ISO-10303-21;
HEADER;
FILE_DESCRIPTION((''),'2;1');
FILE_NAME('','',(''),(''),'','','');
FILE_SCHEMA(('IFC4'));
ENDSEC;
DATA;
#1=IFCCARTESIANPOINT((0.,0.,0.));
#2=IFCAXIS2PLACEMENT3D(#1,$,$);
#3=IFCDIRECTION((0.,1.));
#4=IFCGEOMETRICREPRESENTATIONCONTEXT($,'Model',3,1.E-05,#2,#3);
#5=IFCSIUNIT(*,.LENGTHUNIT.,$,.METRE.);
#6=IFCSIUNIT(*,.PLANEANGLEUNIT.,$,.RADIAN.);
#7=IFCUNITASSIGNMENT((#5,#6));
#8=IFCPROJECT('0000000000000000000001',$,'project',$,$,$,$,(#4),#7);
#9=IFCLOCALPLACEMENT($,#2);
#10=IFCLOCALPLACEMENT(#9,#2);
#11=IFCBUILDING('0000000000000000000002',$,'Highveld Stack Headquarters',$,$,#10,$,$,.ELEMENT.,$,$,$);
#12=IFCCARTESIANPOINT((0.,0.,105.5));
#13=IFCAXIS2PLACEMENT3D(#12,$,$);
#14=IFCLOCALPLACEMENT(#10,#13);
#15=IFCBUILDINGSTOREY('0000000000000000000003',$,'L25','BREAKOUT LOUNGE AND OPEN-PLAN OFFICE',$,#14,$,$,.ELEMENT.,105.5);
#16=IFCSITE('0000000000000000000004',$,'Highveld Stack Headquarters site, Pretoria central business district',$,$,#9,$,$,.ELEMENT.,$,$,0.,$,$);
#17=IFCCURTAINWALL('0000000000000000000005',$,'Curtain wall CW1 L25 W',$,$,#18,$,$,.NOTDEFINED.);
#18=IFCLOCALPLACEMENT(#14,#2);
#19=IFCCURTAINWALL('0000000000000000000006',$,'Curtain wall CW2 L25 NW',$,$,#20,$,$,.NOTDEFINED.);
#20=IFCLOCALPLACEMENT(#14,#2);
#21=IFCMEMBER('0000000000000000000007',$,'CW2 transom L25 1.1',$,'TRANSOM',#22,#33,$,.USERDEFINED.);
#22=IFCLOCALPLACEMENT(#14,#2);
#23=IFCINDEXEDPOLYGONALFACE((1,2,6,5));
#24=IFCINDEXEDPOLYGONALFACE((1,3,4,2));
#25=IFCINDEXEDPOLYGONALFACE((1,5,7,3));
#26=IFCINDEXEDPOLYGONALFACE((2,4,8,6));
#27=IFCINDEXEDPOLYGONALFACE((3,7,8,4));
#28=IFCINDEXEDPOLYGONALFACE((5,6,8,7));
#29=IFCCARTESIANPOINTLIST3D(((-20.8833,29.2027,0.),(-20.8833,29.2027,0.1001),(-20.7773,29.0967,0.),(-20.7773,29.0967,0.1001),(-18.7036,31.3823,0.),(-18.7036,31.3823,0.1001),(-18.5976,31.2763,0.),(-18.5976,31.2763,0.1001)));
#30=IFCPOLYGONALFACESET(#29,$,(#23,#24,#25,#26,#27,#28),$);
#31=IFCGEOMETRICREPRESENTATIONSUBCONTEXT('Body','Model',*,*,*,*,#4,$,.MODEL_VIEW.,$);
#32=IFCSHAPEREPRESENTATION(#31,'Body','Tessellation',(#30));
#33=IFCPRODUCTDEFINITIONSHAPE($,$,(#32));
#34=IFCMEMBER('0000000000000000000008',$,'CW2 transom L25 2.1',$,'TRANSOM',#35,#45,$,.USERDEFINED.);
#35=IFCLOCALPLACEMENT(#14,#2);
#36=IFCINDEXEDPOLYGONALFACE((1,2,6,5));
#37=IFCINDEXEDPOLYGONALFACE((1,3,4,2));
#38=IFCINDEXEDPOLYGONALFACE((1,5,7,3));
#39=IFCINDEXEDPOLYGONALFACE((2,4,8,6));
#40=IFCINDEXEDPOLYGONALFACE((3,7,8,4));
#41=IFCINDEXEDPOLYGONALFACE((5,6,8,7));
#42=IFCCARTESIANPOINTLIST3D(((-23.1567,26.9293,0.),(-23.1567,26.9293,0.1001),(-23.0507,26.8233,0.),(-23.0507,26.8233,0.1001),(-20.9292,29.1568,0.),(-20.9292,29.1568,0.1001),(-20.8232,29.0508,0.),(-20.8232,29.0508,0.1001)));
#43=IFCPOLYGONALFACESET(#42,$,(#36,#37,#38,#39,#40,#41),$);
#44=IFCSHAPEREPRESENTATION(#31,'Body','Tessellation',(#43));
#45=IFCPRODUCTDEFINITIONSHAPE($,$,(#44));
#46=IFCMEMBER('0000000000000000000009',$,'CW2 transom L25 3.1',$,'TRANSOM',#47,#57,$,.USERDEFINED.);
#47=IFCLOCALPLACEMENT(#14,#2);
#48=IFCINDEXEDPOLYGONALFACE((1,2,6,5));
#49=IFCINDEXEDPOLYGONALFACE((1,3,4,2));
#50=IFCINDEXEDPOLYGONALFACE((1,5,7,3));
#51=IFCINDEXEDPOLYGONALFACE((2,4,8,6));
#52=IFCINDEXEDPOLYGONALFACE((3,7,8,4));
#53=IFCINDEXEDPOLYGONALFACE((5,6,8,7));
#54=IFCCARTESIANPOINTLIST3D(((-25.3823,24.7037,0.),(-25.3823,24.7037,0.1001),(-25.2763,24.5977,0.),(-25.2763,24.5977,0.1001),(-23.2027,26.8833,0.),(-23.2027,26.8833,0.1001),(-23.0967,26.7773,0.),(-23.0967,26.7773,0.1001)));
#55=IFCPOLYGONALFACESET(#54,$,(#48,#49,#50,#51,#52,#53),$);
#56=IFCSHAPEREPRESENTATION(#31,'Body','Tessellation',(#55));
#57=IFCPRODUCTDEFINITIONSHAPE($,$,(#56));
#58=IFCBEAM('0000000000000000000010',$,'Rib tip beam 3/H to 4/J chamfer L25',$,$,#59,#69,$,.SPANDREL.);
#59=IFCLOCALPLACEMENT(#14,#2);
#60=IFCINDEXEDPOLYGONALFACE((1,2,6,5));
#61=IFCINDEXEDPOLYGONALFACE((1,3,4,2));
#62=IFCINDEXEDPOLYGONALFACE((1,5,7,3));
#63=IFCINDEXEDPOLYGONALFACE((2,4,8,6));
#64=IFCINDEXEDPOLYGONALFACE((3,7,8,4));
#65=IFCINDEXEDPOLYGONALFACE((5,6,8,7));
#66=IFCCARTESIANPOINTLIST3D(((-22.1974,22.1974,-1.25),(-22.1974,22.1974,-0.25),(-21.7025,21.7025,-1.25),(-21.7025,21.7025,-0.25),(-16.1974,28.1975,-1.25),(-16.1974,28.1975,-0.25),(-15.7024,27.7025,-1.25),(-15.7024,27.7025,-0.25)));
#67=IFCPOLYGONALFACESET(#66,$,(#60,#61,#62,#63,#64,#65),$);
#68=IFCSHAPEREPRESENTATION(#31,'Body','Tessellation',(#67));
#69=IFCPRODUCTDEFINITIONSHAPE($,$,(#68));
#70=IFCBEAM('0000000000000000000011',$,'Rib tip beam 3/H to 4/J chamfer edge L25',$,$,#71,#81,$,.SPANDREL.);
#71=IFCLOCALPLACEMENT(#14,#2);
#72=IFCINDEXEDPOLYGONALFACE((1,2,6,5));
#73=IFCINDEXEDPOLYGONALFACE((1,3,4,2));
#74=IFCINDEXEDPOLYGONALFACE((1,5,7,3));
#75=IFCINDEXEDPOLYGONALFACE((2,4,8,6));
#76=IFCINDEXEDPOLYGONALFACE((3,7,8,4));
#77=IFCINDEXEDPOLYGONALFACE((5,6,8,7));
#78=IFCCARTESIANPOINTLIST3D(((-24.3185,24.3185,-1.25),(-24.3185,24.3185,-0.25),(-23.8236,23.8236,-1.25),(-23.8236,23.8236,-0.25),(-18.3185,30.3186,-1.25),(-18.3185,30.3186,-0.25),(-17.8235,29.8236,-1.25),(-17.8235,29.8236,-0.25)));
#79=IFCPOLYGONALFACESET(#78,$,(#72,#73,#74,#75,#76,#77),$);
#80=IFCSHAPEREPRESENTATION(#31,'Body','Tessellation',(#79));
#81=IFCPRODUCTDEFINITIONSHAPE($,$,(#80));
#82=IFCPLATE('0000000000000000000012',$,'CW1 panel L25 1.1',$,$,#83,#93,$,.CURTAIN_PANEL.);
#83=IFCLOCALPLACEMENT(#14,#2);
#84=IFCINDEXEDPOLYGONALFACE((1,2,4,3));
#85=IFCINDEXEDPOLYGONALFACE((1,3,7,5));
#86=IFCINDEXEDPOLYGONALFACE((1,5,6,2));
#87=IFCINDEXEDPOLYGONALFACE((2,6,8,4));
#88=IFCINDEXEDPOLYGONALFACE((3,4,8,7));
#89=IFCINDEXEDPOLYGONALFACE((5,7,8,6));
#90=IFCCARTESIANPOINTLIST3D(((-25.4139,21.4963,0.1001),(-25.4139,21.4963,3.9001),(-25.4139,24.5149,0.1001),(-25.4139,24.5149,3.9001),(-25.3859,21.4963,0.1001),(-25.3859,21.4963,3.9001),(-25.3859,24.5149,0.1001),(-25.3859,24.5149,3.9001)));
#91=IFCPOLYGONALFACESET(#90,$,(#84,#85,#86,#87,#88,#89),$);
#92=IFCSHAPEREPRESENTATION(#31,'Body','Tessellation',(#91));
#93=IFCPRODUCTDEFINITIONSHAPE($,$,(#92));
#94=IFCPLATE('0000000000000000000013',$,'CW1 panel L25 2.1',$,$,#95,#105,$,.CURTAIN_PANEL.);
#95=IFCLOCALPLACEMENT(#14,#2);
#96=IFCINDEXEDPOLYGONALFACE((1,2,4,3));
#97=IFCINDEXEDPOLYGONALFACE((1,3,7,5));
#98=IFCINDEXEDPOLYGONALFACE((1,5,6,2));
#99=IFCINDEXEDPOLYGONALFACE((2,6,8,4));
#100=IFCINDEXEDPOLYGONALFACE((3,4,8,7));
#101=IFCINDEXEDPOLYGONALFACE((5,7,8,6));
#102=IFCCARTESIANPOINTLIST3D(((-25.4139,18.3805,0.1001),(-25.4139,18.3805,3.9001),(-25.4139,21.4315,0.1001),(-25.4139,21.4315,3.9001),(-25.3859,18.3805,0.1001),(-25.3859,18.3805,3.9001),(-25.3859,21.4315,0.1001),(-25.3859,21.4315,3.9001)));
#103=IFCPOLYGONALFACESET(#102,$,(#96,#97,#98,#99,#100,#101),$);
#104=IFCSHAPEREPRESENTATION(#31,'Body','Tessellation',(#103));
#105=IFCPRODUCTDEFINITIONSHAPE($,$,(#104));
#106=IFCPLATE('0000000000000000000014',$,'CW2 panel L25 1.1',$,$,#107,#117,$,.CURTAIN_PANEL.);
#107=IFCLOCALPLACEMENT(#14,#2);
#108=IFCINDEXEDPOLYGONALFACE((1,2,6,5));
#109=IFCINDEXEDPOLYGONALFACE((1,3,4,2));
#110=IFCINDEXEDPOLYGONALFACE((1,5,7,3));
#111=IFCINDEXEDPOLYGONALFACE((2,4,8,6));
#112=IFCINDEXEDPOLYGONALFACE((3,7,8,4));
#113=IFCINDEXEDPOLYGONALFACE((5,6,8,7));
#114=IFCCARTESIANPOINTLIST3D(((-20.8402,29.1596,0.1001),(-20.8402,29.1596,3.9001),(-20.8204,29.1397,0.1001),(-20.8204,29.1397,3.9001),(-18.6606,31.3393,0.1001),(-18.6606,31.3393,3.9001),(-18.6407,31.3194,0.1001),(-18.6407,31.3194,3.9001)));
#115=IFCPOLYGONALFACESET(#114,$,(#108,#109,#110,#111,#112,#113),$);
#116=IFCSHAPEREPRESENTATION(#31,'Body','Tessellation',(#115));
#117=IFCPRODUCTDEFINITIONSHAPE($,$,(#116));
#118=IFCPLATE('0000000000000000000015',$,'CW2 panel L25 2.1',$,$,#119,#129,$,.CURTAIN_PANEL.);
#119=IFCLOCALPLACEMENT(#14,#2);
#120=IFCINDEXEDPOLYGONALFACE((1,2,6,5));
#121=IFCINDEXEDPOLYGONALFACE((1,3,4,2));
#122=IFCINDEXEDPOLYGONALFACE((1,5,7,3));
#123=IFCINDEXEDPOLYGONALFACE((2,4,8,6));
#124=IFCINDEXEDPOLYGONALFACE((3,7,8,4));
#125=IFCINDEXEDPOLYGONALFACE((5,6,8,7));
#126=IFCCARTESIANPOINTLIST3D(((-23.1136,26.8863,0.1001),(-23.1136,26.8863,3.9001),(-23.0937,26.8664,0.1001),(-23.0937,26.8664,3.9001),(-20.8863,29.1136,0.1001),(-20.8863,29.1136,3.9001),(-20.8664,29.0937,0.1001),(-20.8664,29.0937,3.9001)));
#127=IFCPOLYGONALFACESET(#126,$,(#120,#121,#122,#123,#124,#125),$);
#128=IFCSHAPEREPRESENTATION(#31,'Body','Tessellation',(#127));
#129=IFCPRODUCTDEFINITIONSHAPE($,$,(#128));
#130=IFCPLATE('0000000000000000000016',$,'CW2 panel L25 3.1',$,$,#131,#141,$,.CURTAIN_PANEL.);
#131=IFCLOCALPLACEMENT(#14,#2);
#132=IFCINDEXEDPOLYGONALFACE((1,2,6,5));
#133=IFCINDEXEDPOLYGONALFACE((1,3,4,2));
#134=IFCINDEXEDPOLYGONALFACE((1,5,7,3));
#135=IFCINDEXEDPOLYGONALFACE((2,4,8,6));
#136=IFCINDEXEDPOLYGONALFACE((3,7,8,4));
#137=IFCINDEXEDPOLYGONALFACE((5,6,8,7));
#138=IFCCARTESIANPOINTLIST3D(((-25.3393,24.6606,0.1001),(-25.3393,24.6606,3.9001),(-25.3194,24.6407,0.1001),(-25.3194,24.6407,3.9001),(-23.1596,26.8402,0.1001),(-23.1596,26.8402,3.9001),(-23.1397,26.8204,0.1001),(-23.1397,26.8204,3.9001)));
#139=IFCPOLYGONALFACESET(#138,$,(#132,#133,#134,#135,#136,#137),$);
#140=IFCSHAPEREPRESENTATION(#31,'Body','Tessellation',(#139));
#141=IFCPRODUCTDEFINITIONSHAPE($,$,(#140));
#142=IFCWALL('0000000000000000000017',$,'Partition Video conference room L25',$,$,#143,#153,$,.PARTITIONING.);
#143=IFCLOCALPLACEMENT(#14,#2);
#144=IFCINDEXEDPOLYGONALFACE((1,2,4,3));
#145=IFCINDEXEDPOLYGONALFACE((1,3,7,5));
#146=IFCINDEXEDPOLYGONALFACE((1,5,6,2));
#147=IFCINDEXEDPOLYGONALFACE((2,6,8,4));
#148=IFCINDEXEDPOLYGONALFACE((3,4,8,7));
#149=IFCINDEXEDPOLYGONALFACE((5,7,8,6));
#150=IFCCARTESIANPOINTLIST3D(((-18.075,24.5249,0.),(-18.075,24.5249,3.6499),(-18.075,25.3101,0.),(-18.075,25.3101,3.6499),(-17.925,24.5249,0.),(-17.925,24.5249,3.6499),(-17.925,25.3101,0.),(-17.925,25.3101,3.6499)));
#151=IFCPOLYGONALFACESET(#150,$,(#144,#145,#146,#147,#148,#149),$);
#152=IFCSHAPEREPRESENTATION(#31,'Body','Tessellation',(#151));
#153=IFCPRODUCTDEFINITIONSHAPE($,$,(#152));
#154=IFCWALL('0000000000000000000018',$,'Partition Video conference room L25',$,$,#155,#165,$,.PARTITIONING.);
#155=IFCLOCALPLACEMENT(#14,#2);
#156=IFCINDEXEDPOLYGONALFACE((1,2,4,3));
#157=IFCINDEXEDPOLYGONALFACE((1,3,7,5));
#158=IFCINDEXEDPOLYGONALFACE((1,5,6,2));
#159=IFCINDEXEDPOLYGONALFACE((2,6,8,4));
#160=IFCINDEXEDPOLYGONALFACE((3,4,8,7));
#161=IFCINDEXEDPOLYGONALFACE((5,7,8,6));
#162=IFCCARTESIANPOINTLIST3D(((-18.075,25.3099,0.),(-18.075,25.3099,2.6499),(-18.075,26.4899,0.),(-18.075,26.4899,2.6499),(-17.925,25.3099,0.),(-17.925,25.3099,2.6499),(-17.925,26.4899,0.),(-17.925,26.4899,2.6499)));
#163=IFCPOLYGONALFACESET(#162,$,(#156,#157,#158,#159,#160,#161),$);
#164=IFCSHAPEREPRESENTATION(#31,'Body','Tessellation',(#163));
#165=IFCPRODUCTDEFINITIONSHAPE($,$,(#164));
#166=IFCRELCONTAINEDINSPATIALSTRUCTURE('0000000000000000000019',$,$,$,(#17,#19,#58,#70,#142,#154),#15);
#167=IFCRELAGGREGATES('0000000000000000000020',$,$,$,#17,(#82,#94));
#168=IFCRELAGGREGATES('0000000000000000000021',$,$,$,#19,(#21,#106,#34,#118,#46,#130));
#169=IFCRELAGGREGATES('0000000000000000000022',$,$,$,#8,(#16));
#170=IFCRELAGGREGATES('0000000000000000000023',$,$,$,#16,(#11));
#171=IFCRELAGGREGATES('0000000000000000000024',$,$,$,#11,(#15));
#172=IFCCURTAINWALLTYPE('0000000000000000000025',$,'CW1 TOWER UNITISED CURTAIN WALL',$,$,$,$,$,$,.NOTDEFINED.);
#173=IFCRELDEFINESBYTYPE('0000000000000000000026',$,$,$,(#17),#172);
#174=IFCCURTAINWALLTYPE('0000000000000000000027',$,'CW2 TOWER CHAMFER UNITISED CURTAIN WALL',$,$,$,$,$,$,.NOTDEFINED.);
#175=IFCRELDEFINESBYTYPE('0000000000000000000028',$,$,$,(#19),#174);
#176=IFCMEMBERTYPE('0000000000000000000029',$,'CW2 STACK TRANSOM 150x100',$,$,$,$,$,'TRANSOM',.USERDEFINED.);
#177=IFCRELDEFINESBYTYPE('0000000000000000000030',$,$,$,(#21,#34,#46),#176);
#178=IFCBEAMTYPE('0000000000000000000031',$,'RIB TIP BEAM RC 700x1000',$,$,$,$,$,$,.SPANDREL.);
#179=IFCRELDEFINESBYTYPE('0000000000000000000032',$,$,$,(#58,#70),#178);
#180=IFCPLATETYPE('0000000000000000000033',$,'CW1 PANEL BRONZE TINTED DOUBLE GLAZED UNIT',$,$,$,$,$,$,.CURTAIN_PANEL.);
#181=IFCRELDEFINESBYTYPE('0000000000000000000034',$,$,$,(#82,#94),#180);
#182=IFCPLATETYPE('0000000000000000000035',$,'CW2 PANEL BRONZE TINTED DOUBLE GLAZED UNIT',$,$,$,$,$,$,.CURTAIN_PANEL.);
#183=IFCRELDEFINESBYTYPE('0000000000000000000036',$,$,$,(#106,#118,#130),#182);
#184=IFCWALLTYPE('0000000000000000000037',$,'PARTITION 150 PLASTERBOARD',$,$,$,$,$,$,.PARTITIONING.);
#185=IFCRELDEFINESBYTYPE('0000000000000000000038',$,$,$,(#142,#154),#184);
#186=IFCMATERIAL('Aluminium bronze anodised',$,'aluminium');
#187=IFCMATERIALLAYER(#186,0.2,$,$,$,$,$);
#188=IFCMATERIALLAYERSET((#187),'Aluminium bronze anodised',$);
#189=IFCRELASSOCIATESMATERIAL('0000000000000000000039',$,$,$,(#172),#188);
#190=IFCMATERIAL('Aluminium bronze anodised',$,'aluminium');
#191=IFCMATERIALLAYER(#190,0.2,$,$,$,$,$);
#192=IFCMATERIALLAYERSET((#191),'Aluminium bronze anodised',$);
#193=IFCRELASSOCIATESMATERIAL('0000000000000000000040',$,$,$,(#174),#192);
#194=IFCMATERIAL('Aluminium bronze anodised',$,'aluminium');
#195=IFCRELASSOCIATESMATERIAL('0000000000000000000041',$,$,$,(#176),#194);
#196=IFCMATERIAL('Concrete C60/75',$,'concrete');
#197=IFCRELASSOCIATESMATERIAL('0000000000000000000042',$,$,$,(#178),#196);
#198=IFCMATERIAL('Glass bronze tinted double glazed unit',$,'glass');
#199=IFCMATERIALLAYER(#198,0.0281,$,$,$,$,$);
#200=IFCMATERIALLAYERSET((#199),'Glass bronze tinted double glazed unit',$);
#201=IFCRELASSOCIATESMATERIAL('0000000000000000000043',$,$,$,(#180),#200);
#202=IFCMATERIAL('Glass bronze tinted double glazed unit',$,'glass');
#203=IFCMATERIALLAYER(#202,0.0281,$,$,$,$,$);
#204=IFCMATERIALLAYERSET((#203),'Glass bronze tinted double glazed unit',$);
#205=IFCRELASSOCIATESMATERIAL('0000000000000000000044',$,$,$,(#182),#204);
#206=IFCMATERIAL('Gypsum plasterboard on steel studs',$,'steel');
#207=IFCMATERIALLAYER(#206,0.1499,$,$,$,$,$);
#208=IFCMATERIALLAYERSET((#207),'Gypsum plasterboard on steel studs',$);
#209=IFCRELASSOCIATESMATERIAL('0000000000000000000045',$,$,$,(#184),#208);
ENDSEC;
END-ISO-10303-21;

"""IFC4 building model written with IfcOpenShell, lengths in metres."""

from ifc_helpers import new_model, si_unit, direction, frame, frame_2d, origin, origin_2d, place, context, subcontext, project, spatial, rectangle, extrude, material, layer, layer_set, material_profile, profile_set, type_object, element, aggregate, save


model = new_model("IFC4")

# Units and contexts
model_context = context("Model", 3, precision=1e-05, world=origin(), true_north=direction((0.0, 1.0)))
body_context = subcontext(model_context, "Body", "Model", "MODEL_VIEW")
ifc_project = project(units=[si_unit("LENGTHUNIT", "METRE"), si_unit("PLANEANGLEUNIT", "RADIAN")], contexts=[model_context])

# Site, building, storey
site_placement = place(None, origin())
site = spatial("IfcSite", under=ifc_project, at=site_placement, Name="Highveld Stack Headquarters site, Pretoria central business district", CompositionType="ELEMENT", RefElevation=0.0)
building_placement = place(site_placement, origin())
building = spatial("IfcBuilding", under=site, at=building_placement, Name="Highveld Stack Headquarters", CompositionType="ELEMENT")
storey_placement = place(building_placement, frame((0.0, 0.0, 105.5)))
storey = spatial("IfcBuildingStorey", under=building, at=storey_placement, Name="L25", Description="BREAKOUT LOUNGE AND OPEN-PLAN OFFICE", CompositionType="ELEMENT", Elevation=105.5)

# Shared definitions
ifc_material_1 = material(Name="Aluminium bronze anodised", Category="aluminium")
ifc_layer_1 = layer(ifc_material_1, 0.2)
ifc_layer_set_1 = layer_set([ifc_layer_1], Name="Aluminium bronze anodised")
curtain_wall_type_1 = type_object("IfcCurtainWallType", Name="CW1 TOWER UNITISED CURTAIN WALL", PredefinedType="NOTDEFINED", material=ifc_layer_set_1)

# Curtain wall
curtain_wall_1_placement = place(storey_placement, origin())
curtain_wall_1 = element("IfcCurtainWall", 1, at=curtain_wall_1_placement, inside=storey, type_object=curtain_wall_type_1, Name="Curtain wall CW1 L25 W", PredefinedType="NOTDEFINED")

# Curtain wall, members
ifc_material_2 = material(Name="Aluminium bronze anodised", Category="aluminium")
ifc_layer_2 = layer(ifc_material_2, 0.2)
ifc_layer_set_2 = layer_set([ifc_layer_2], Name="Aluminium bronze anodised")
curtain_wall_type_2 = type_object("IfcCurtainWallType", Name="CW2 TOWER CHAMFER UNITISED CURTAIN WALL", PredefinedType="NOTDEFINED", material=ifc_layer_set_2)
curtain_wall_2_placement = place(storey_placement, origin())
curtain_wall_2 = element("IfcCurtainWall", 2, at=curtain_wall_2_placement, inside=storey, type_object=curtain_wall_type_2, Name="Curtain wall CW2 L25 NW", PredefinedType="NOTDEFINED")
ifc_material_3 = material(Name="Aluminium bronze anodised", Category="aluminium")
ifc_material_profile_1 = material_profile(ifc_material_3, rectangle(XDim=0.1499, YDim=0.1001, at=origin_2d()), Name="CW2 TRANSOM 150x100")
ifc_profile_set_1 = profile_set([ifc_material_profile_1], Name="Aluminium bronze anodised")
member_type_1 = type_object("IfcMemberType", Name="CW2 STACK TRANSOM 150x100", ElementType="TRANSOM", PredefinedType="USERDEFINED", material=ifc_profile_set_1)
member_1_placement = place(storey_placement, frame((-18.6506, 31.3293, 0.05), z_axis=(-0.707107, -0.707107, 0.0), x_axis=(0.707107, -0.707107, 0.0)))
member_1 = element("IfcMember", 3, at=member_1_placement, type_object=member_type_1, Name="CW2 transom L25 1.1", ObjectType="TRANSOM", PredefinedType="USERDEFINED", context=body_context, shape_type="SweptSolid", body=[
    extrude(rectangle(XDim=0.1499, YDim=0.1001, at=origin_2d()), origin(), (0.0, 0.0, 1.0), 3.0825),
])
member_2_placement = place(storey_placement, frame((-20.8762, 29.1038, 0.05), z_axis=(-0.707107, -0.707107, 0.0), x_axis=(0.707107, -0.707107, 0.0)))
member_2 = element("IfcMember", 4, at=member_2_placement, type_object=member_type_1, Name="CW2 transom L25 2.1", ObjectType="TRANSOM", PredefinedType="USERDEFINED", context=body_context, shape_type="SweptSolid", body=[
    extrude(rectangle(XDim=0.1499, YDim=0.1001, at=origin_2d()), origin(), (0.0, 0.0, 1.0), 3.1501),
])
member_3_placement = place(storey_placement, frame((-23.1497, 26.8303, 0.05), z_axis=(-0.707107, -0.707107, 0.0), x_axis=(0.707107, -0.707107, 0.0)))
member_3 = element("IfcMember", 5, at=member_3_placement, type_object=member_type_1, Name="CW2 transom L25 3.1", ObjectType="TRANSOM", PredefinedType="USERDEFINED", context=body_context, shape_type="SweptSolid", body=[
    extrude(rectangle(XDim=0.1499, YDim=0.1001, at=origin_2d()), origin(), (0.0, 0.0, 1.0), 3.0825),
])

# Beams
ifc_material_4 = material(Name="Concrete C60/75", Category="concrete")
ifc_material_profile_2 = material_profile(ifc_material_4, rectangle(XDim=0.7, YDim=1.0, at=origin_2d()), Name="RC 700x1000")
ifc_profile_set_2 = profile_set([ifc_material_profile_2], Name="Concrete C60/75")
beam_type = type_object("IfcBeamType", Name="RIB TIP BEAM RC 700x1000", PredefinedType="SPANDREL", material=ifc_profile_set_2)
for number, where, z_axis, x_axis, name in (
    (6, (-21.95, 21.95, -0.75), (0.707107, 0.707107, 0.0), (-0.707107, 0.707107, 0.0), "Rib tip beam 3/H to 4/J chamfer L25"),
    (7, (-24.071, 24.071, -0.75), (0.707107, 0.707107, 0.0), (-0.707107, 0.707107, 0.0), "Rib tip beam 3/H to 4/J chamfer edge L25"),
):
    element("IfcBeam", number, at=place(storey_placement, frame(where, z_axis=z_axis, x_axis=x_axis)), inside=storey, type_object=beam_type, Name=name, PredefinedType="SPANDREL", context=body_context, shape_type="SweptSolid", body=[
        extrude(rectangle(XDim=0.7, YDim=1.0, at=origin_2d()), origin(), (0.0, 0.0, 1.0), 8.4854),
    ])

# Plates
ifc_material_5 = material(Name="Glass bronze tinted double glazed unit", Category="glass")
ifc_layer_3 = layer(ifc_material_5, 0.0281)
ifc_layer_set_3 = layer_set([ifc_layer_3], Name="Glass bronze tinted double glazed unit")
plate_type_1 = type_object("IfcPlateType", Name="CW1 PANEL BRONZE TINTED DOUBLE GLAZED UNIT", PredefinedType="CURTAIN_PANEL", material=ifc_layer_set_3)
plate_1_placement = place(storey_placement, frame((-25.3999, 23.0056, 0.1001), z_axis=(0.0, 0.0, 1.0), x_axis=(0.0, -1.0, 0.0)))
plate_1 = element("IfcPlate", 8, at=plate_1_placement, type_object=plate_type_1, Name="CW1 panel L25 1.1", PredefinedType="CURTAIN_PANEL", context=body_context, shape_type="SweptSolid", body=[
    extrude(rectangle(XDim=3.0186, YDim=0.0281, at=origin_2d()), origin(), (0.0, 0.0, 1.0), 3.8),
])
plate_2_placement = place(storey_placement, frame((-25.3999, 19.906, 0.1001), z_axis=(0.0, 0.0, 1.0), x_axis=(0.0, -1.0, 0.0)))
plate_2 = element("IfcPlate", 9, at=plate_2_placement, type_object=plate_type_1, Name="CW1 panel L25 2.1", PredefinedType="CURTAIN_PANEL", context=body_context, shape_type="SweptSolid", body=[
    extrude(rectangle(XDim=3.051, YDim=0.0281, at=origin_2d()), origin(), (0.0, 0.0, 1.0), 3.8),
])
aggregate(curtain_wall_1, [plate_1, plate_2])
ifc_material_6 = material(Name="Glass bronze tinted double glazed unit", Category="glass")
ifc_layer_4 = layer(ifc_material_6, 0.0281)
ifc_layer_set_4 = layer_set([ifc_layer_4], Name="Glass bronze tinted double glazed unit")
plate_type_2 = type_object("IfcPlateType", Name="CW2 PANEL BRONZE TINTED DOUBLE GLAZED UNIT", PredefinedType="CURTAIN_PANEL", material=ifc_layer_set_4)
plate_3_placement = place(storey_placement, frame((-19.7405, 30.2395, 0.1001), z_axis=(0.0, 0.0, 1.0), x_axis=(-0.707107, -0.707107, 0.0)))
plate_3 = element("IfcPlate", 10, at=plate_3_placement, type_object=plate_type_2, Name="CW2 panel L25 1.1", PredefinedType="CURTAIN_PANEL", context=body_context, shape_type="SweptSolid", body=[
    extrude(rectangle(XDim=3.0825, YDim=0.0281, at=origin_2d()), origin(), (0.0, 0.0, 1.0), 3.8),
])
plate_4_placement = place(storey_placement, frame((-21.99, 27.99, 0.1001), z_axis=(0.0, 0.0, 1.0), x_axis=(-0.707107, -0.707107, 0.0)))
plate_4 = element("IfcPlate", 11, at=plate_4_placement, type_object=plate_type_2, Name="CW2 panel L25 2.1", PredefinedType="CURTAIN_PANEL", context=body_context, shape_type="SweptSolid", body=[
    extrude(rectangle(XDim=3.1499, YDim=0.0281, at=origin_2d()), origin(), (0.0, 0.0, 1.0), 3.8),
])
plate_5_placement = place(storey_placement, frame((-24.2395, 25.7405, 0.1001), z_axis=(0.0, 0.0, 1.0), x_axis=(-0.707107, -0.707107, 0.0)))
plate_5 = element("IfcPlate", 12, at=plate_5_placement, type_object=plate_type_2, Name="CW2 panel L25 3.1", PredefinedType="CURTAIN_PANEL", context=body_context, shape_type="SweptSolid", body=[
    extrude(rectangle(XDim=3.0825, YDim=0.0281, at=origin_2d()), origin(), (0.0, 0.0, 1.0), 3.8),
])
aggregate(curtain_wall_2, [member_1, plate_3, member_2, plate_4, member_3, plate_5])

# Walls
ifc_material_7 = material(Name="Gypsum plasterboard on steel studs", Category="steel")
ifc_layer_5 = layer(ifc_material_7, 0.1499)
ifc_layer_set_5 = layer_set([ifc_layer_5], Name="Gypsum plasterboard on steel studs")
wall_type = type_object("IfcWallType", Name="PARTITION 150 PLASTERBOARD", PredefinedType="PARTITIONING", material=ifc_layer_set_5)
wall_1_placement = place(storey_placement, frame((-18.0, 24.5249, 0.0), z_axis=(0.0, 0.0, 1.0), x_axis=(0.0, 1.0, 0.0)))
element("IfcWall", 13, at=wall_1_placement, inside=storey, type_object=wall_type, Name="Partition Video conference room L25", PredefinedType="PARTITIONING", context=body_context, shape_type="SweptSolid", body=[
    extrude(rectangle(XDim=0.7852, YDim=0.1499, at=frame_2d((0.3926, 0.0))), origin(), (0.0, 0.0, 1.0), 3.6499),
])
wall_2_placement = place(storey_placement, frame((-18.0, 25.3101, 0.0), z_axis=(0.0, 0.0, 1.0), x_axis=(0.0, 1.0, 0.0)))
element("IfcWall", 14, at=wall_2_placement, inside=storey, type_object=wall_type, Name="Partition Video conference room L25", PredefinedType="PARTITIONING", context=body_context, shape_type="SweptSolid", body=[
    extrude(rectangle(XDim=1.1799, YDim=0.1499, at=frame_2d((0.5898, 0.0))), origin(), (0.0, 0.0, 1.0), 2.6499),
])

save(model, "model.ifc")
